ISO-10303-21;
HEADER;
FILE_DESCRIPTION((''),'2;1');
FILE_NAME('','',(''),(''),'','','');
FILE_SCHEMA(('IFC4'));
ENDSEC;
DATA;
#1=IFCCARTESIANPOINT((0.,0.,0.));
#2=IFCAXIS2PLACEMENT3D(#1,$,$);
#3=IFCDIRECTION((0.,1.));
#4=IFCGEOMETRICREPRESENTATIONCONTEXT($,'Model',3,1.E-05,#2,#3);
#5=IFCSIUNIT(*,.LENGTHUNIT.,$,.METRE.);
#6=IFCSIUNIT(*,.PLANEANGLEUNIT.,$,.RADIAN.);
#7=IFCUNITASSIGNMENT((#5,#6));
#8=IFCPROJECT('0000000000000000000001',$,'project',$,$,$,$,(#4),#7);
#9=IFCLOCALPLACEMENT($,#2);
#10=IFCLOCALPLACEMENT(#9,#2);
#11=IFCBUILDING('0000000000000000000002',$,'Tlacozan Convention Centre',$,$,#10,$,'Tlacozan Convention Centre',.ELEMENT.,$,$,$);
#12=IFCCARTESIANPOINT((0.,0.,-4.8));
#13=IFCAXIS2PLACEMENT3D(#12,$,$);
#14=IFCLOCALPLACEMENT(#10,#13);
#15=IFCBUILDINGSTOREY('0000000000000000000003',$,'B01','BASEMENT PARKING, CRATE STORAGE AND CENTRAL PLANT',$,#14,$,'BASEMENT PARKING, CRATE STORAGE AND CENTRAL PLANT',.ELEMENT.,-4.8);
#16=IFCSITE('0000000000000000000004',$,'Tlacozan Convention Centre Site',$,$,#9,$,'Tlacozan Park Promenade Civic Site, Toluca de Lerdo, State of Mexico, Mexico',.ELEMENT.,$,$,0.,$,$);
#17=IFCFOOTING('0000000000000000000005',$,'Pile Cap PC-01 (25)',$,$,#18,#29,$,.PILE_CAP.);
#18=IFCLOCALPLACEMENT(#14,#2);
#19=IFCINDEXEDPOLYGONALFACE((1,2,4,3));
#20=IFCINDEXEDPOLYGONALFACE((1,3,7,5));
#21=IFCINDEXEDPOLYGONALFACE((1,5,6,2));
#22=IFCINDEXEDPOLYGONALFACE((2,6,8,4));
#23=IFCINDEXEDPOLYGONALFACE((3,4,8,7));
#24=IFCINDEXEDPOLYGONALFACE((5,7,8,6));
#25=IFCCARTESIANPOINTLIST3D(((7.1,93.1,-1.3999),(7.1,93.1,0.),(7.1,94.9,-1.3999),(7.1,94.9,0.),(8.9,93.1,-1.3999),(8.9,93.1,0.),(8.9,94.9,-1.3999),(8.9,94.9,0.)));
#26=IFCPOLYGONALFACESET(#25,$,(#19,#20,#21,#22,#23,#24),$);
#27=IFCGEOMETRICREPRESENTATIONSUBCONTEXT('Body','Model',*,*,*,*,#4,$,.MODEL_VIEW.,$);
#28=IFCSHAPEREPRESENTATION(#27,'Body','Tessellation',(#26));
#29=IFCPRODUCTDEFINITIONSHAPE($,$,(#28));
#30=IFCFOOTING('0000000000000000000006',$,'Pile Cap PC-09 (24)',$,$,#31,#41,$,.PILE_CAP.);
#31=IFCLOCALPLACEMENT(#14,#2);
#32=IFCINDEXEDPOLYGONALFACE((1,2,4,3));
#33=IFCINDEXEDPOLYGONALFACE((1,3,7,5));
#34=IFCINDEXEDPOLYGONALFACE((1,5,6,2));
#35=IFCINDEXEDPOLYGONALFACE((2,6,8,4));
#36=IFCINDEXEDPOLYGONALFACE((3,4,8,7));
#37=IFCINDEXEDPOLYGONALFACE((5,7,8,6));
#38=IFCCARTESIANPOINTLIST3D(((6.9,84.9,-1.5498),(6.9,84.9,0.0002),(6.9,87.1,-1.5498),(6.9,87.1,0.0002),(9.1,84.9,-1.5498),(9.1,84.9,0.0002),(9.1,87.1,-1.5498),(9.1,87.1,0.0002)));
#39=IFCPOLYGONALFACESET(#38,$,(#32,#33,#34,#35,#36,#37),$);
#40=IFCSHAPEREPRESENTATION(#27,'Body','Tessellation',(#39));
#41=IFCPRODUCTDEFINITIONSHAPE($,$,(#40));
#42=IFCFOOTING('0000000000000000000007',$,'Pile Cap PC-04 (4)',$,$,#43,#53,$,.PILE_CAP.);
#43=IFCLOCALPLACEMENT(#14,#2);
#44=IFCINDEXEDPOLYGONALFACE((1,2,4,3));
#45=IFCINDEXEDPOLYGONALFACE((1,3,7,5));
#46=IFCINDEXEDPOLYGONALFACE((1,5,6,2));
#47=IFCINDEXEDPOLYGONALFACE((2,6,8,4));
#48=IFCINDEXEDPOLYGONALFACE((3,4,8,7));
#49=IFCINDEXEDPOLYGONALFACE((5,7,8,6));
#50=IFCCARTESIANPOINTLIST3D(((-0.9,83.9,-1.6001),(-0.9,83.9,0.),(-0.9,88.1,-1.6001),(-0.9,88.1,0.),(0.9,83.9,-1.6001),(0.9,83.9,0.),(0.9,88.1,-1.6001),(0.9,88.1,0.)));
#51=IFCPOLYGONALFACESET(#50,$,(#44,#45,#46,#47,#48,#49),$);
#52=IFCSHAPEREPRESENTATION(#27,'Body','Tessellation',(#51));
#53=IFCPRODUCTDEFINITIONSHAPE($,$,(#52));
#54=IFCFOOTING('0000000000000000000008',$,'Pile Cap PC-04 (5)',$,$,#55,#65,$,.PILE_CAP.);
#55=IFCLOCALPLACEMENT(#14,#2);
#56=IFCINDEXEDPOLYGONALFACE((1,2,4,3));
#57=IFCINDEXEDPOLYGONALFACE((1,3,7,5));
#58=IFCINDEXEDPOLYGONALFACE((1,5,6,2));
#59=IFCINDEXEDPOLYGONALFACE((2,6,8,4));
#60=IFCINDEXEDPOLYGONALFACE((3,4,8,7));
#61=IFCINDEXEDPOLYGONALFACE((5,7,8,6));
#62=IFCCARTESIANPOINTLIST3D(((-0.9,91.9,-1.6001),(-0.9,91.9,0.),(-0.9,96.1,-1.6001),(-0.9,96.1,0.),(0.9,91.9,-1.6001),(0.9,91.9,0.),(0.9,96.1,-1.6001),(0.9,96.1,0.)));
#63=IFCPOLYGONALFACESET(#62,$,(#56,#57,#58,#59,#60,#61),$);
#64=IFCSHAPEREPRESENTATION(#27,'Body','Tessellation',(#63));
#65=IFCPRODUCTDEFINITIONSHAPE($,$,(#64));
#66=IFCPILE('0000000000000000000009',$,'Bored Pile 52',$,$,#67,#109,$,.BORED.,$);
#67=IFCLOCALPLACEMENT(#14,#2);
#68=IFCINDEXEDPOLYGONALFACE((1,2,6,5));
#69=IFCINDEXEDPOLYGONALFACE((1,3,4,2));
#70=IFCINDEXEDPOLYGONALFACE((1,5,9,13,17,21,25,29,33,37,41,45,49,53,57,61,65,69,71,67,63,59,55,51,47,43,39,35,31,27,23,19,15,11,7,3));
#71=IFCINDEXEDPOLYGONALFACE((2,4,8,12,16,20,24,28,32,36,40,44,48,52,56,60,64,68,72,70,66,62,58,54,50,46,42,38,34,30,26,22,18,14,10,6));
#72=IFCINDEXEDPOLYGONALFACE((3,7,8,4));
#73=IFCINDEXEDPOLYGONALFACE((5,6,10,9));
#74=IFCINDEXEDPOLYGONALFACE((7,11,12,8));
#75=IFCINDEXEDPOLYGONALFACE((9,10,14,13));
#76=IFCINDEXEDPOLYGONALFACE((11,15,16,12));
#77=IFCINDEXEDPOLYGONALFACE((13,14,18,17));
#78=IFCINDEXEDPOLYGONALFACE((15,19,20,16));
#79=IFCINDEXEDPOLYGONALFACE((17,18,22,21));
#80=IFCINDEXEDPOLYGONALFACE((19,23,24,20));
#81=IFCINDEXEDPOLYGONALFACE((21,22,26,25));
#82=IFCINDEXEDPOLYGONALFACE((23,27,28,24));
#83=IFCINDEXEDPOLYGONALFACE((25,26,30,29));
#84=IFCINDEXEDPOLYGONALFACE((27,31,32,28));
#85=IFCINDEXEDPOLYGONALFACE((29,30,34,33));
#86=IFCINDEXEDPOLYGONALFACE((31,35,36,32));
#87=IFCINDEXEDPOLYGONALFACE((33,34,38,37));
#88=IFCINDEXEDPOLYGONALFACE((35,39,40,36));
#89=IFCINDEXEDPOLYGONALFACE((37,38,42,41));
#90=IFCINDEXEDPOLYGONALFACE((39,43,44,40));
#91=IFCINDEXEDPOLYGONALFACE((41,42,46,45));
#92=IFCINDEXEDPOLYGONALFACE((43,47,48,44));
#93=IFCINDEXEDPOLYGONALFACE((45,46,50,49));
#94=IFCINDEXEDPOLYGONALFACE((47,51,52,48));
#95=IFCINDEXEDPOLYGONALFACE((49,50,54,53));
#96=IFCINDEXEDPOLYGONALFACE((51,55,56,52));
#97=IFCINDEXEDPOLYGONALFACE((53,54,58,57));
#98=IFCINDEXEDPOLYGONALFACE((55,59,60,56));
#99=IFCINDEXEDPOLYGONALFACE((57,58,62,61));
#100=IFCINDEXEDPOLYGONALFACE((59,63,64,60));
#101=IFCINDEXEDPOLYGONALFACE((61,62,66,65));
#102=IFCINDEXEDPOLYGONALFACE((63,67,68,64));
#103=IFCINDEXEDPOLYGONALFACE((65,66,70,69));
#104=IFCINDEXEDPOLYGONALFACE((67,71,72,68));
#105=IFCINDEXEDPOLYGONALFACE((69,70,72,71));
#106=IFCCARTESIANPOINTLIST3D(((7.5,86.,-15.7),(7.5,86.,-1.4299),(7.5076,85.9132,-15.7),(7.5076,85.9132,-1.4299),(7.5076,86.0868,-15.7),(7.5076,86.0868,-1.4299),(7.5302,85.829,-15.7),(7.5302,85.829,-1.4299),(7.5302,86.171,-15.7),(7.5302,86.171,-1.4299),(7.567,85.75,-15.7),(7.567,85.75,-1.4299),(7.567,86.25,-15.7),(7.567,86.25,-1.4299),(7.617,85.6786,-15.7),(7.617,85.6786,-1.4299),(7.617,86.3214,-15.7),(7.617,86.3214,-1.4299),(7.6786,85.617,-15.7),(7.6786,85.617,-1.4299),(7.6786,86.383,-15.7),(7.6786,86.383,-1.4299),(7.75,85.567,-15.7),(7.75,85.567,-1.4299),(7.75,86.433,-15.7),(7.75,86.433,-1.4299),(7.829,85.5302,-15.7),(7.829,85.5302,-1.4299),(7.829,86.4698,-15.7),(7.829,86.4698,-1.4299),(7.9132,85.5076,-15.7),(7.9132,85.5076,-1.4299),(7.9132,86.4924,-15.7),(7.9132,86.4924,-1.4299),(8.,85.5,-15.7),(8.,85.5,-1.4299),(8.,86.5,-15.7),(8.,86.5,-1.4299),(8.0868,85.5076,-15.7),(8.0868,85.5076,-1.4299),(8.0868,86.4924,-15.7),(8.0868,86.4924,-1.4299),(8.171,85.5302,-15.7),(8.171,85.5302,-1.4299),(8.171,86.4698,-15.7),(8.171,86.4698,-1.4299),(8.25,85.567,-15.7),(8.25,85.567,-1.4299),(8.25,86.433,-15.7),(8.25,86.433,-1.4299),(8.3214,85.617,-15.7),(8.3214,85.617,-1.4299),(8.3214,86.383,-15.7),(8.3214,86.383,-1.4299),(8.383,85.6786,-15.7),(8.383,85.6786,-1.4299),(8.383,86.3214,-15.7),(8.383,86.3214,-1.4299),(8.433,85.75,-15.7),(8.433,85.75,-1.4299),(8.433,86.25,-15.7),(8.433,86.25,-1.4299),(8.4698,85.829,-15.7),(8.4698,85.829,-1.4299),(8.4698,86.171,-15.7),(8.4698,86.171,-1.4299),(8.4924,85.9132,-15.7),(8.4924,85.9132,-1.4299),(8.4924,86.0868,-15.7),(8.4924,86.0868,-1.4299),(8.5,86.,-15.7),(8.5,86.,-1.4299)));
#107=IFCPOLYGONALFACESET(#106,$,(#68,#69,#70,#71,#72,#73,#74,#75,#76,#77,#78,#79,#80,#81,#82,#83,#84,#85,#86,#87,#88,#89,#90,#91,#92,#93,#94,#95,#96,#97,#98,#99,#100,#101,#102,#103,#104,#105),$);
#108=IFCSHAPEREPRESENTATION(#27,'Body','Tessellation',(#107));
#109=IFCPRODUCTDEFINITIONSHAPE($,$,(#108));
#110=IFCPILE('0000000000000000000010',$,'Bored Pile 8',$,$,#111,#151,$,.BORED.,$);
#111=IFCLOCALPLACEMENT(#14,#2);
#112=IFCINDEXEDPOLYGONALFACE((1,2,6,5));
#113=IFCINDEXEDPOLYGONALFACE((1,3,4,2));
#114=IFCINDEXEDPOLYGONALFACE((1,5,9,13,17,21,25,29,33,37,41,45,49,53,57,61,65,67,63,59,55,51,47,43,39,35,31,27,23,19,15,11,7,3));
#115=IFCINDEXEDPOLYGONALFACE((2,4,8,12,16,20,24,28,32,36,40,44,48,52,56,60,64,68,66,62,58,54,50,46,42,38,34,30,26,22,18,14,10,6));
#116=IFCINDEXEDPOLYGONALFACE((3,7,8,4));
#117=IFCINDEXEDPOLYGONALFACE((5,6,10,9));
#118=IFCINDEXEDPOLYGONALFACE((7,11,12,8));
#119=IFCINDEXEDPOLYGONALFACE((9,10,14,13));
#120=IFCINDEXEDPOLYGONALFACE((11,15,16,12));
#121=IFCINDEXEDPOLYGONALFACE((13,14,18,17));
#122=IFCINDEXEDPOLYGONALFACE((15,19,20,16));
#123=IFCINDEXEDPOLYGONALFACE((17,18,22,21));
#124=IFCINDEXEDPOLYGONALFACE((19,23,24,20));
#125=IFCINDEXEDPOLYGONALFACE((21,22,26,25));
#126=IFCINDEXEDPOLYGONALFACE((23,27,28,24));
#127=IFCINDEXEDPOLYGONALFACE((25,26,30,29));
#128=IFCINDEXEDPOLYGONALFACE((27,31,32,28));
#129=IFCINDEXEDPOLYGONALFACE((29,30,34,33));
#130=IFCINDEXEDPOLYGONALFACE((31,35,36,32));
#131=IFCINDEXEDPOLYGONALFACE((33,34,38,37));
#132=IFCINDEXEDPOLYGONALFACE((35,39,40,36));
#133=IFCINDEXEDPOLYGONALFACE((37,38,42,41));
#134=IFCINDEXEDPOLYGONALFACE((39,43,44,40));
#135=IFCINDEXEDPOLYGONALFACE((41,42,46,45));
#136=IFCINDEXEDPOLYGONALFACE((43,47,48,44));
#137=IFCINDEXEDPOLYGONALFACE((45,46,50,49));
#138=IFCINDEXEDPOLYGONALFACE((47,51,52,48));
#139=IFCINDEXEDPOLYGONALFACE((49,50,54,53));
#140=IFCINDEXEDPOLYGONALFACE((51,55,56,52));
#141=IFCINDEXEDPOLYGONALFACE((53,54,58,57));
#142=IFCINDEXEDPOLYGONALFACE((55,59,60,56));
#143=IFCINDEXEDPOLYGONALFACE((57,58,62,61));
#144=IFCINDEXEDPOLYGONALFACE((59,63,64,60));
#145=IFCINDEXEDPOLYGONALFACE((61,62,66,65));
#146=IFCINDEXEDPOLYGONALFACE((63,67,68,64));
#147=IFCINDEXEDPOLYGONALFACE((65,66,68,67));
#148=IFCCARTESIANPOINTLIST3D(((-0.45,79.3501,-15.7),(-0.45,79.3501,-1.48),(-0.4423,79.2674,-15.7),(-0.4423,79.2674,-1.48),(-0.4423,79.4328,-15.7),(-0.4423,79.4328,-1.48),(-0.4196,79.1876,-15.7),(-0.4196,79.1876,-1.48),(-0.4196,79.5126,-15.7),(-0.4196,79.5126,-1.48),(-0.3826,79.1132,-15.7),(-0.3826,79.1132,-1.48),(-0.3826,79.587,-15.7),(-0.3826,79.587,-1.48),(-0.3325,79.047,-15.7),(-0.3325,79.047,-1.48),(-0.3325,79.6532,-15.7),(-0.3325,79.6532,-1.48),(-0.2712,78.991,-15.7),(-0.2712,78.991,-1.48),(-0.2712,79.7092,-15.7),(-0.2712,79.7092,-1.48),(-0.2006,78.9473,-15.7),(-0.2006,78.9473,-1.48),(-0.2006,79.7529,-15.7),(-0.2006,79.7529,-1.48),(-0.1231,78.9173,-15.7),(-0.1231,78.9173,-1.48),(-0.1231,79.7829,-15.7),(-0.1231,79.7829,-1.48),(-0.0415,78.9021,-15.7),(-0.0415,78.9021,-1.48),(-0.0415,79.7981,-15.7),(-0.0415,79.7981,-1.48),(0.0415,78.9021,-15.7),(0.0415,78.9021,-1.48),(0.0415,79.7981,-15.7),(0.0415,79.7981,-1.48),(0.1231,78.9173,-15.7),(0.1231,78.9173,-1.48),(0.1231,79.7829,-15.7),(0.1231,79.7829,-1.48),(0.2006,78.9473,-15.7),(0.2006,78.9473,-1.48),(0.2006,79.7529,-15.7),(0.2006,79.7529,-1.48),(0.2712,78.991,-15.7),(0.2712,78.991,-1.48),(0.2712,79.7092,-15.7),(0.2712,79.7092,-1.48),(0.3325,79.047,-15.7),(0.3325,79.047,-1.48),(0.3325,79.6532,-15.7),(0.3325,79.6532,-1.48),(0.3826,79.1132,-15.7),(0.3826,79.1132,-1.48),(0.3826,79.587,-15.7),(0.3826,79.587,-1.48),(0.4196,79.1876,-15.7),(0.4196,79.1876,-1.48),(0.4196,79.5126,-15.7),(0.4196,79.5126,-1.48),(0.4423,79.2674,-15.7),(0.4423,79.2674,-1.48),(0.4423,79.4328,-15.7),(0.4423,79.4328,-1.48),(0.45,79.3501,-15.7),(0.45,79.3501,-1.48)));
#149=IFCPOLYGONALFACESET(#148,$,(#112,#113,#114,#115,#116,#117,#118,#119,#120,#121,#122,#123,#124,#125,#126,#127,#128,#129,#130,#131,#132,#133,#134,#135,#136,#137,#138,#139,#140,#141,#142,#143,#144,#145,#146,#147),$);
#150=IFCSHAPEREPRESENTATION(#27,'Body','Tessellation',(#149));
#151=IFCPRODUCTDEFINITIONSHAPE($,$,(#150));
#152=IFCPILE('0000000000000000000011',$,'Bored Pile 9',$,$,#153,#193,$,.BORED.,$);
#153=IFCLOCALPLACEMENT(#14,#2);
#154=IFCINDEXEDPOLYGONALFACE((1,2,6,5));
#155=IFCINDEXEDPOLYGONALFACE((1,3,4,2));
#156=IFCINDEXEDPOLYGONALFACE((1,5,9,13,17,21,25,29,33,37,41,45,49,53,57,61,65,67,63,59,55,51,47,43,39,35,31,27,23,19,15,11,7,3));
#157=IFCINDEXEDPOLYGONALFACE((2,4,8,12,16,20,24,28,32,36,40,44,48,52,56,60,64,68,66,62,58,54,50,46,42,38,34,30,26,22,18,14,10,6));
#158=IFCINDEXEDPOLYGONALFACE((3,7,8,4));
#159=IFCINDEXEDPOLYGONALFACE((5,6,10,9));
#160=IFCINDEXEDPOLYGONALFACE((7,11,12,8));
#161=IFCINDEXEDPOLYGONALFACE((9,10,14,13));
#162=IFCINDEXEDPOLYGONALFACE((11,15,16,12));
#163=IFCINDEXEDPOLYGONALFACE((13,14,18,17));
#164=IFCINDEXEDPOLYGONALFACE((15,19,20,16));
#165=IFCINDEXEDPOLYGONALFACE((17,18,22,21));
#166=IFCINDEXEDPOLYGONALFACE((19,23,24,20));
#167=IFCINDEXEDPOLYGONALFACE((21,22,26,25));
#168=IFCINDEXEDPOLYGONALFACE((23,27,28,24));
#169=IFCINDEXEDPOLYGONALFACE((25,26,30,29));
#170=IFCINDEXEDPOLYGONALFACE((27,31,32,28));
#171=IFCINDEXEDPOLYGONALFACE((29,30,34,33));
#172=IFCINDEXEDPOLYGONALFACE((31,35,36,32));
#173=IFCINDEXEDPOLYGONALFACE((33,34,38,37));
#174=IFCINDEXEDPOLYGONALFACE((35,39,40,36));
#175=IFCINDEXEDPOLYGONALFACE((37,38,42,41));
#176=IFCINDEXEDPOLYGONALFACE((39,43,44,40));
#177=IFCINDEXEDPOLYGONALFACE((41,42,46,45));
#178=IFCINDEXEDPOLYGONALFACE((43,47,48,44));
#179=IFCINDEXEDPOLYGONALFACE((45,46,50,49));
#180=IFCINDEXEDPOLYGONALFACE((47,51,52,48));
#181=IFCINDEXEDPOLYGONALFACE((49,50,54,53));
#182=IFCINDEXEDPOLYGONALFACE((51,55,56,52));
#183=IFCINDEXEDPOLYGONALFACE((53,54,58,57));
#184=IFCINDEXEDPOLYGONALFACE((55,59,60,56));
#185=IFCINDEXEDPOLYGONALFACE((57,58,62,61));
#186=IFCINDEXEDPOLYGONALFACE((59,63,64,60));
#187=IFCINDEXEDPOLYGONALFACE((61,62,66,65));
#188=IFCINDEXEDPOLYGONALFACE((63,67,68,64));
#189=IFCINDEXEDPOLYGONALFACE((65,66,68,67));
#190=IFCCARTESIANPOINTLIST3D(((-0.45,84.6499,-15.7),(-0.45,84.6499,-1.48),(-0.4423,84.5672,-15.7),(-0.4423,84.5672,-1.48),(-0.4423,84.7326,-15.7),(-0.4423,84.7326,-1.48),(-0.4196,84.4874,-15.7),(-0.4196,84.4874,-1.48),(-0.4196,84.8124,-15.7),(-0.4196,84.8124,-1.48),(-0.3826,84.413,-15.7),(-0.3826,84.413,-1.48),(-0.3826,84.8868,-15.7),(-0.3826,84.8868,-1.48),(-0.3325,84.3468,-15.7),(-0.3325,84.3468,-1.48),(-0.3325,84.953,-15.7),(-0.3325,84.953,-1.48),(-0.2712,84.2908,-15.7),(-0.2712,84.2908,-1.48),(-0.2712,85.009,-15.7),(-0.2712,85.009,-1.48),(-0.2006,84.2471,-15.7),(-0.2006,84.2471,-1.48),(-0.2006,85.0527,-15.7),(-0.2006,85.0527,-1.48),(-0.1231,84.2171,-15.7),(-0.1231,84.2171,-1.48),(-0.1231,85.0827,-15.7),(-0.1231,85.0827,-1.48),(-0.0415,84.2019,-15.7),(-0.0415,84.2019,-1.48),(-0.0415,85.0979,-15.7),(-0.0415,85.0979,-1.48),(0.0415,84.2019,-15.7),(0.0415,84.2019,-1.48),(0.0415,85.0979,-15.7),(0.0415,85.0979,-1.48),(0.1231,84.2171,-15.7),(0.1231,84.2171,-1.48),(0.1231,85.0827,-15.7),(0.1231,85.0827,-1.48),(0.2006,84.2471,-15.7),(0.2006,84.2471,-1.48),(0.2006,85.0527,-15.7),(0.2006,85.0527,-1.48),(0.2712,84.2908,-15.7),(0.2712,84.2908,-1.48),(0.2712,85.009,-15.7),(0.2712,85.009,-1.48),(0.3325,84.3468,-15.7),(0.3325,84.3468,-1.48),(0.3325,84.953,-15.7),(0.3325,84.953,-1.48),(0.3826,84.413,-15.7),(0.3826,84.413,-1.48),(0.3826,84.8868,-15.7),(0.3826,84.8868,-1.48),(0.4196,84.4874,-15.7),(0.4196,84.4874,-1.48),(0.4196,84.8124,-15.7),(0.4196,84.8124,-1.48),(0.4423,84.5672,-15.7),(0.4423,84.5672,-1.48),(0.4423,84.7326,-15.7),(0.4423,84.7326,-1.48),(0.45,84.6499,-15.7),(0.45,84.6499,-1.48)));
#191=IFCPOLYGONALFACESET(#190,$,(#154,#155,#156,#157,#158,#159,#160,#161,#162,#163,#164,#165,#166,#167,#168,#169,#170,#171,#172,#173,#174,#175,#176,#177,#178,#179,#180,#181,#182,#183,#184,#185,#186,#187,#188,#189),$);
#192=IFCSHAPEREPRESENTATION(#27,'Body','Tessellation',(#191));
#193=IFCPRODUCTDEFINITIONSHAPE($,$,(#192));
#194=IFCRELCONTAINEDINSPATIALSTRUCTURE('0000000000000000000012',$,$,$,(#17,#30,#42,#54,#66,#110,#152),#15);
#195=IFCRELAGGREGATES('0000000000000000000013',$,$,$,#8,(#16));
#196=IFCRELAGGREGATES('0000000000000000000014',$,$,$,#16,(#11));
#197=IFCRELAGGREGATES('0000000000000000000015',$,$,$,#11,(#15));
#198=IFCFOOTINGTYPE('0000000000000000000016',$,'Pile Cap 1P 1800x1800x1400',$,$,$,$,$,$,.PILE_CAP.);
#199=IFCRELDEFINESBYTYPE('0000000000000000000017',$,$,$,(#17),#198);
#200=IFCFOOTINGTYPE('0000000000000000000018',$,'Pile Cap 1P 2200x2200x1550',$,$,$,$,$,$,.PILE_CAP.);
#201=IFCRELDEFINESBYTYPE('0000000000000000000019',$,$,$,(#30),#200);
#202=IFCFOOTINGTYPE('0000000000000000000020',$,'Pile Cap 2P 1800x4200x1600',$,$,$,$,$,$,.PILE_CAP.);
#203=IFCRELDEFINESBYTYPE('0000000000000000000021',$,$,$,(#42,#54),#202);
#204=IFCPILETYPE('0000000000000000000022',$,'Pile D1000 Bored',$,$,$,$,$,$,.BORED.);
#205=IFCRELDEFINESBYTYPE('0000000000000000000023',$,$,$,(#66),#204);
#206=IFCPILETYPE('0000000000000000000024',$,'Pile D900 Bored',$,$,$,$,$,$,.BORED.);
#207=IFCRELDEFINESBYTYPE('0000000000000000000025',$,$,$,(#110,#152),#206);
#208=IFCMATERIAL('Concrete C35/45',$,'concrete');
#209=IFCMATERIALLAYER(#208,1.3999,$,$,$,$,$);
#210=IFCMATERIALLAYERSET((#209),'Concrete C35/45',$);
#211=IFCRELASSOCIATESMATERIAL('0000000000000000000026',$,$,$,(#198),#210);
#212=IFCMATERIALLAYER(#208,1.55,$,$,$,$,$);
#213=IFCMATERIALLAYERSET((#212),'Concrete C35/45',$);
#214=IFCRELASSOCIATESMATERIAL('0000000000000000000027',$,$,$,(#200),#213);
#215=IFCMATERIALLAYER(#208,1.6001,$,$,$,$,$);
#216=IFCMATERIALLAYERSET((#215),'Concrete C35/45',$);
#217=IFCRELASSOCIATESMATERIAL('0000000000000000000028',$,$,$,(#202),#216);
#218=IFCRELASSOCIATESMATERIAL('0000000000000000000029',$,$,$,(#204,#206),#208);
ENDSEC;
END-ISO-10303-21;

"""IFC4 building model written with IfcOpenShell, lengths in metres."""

from ifc_helpers import new_model, si_unit, direction, frame, origin, origin_2d, place, context, subcontext, project, spatial, rectangle, circle, extrude, material, layer, layer_set, material_profile, profile_set, type_object, element, save


model = new_model("IFC4")

# Units and contexts
model_context = context("Model", 3, precision=1e-05, world=origin(), true_north=direction((0.0, 1.0)))
body_context = subcontext(model_context, "Body", "Model", "MODEL_VIEW")
ifc_project = project(units=[si_unit("LENGTHUNIT", "METRE"), si_unit("PLANEANGLEUNIT", "RADIAN")], contexts=[model_context])

# Site, building, storey
site_placement = place(None, origin())
site = spatial("IfcSite", under=ifc_project, at=site_placement, Name="Tlacozan Convention Centre Site", LongName="Tlacozan Park Promenade Civic Site, Toluca de Lerdo, State of Mexico, Mexico", CompositionType="ELEMENT", RefElevation=0.0)
building_placement = place(site_placement, origin())
building = spatial("IfcBuilding", under=site, at=building_placement, Name="Tlacozan Convention Centre", LongName="Tlacozan Convention Centre", CompositionType="ELEMENT")
storey_placement = place(building_placement, frame((0.0, 0.0, -4.8)))
storey = spatial("IfcBuildingStorey", under=building, at=storey_placement, Name="B01", Description="BASEMENT PARKING, CRATE STORAGE AND CENTRAL PLANT", LongName="BASEMENT PARKING, CRATE STORAGE AND CENTRAL PLANT", CompositionType="ELEMENT", Elevation=-4.8)

# Footings
ifc_material_1 = material(Name="Concrete C35/45", Category="concrete")
ifc_layer_1 = layer(ifc_material_1, 1.3999)
ifc_layer_set_1 = layer_set([ifc_layer_1], Name="Concrete C35/45")
footing_type_1 = type_object("IfcFootingType", Name="Pile Cap 1P 1800x1800x1400", PredefinedType="PILE_CAP", material=ifc_layer_set_1)
footing_1_placement = place(storey_placement, frame((8.0, 94.0, -1.3999), z_axis=(0.0, 0.0, 1.0), x_axis=(1.0, 0.0, 0.0)))
element("IfcFooting", 1, at=footing_1_placement, inside=storey, type_object=footing_type_1, Name="Pile Cap PC-01 (25)", PredefinedType="PILE_CAP", context=body_context, shape_type="SweptSolid", body=[
    extrude(rectangle(XDim=1.8, YDim=1.8, at=origin_2d()), origin(), (0.0, 0.0, 1.0), 1.3999),
])
ifc_layer_2 = layer(ifc_material_1, 1.55)
ifc_layer_set_2 = layer_set([ifc_layer_2], Name="Concrete C35/45")
footing_type_2 = type_object("IfcFootingType", Name="Pile Cap 1P 2200x2200x1550", PredefinedType="PILE_CAP", material=ifc_layer_set_2)
footing_2_placement = place(storey_placement, frame((8.0, 86.0, -1.5498), z_axis=(0.0, 0.0, 1.0), x_axis=(1.0, 0.0, 0.0)))
element("IfcFooting", 2, at=footing_2_placement, inside=storey, type_object=footing_type_2, Name="Pile Cap PC-09 (24)", PredefinedType="PILE_CAP", context=body_context, shape_type="SweptSolid", body=[
    extrude(rectangle(XDim=2.2, YDim=2.2, at=origin_2d()), origin(), (0.0, 0.0, 1.0), 1.55),
])
ifc_layer_3 = layer(ifc_material_1, 1.6001)
ifc_layer_set_3 = layer_set([ifc_layer_3], Name="Concrete C35/45")
footing_type_3 = type_object("IfcFootingType", Name="Pile Cap 2P 1800x4200x1600", PredefinedType="PILE_CAP", material=ifc_layer_set_3)
for number, where, z_axis, x_axis, name in (
    (3, (0.0, 86.0, -1.6001), (0.0, 0.0, 1.0), (1.0, 0.0, 0.0), "Pile Cap PC-04 (4)"),
    (4, (0.0, 94.0, -1.6001), (0.0, 0.0, 1.0), (1.0, 0.0, 0.0), "Pile Cap PC-04 (5)"),
):
    element("IfcFooting", number, at=place(storey_placement, frame(where, z_axis=z_axis, x_axis=x_axis)), inside=storey, type_object=footing_type_3, Name=name, PredefinedType="PILE_CAP", context=body_context, shape_type="SweptSolid", body=[
        extrude(rectangle(XDim=1.8, YDim=4.2, at=origin_2d()), origin(), (0.0, 0.0, 1.0), 1.6001),
    ])

# Piles
ifc_material_profile_1 = material_profile(ifc_material_1, circle(Radius=0.5, at=origin_2d()), Name="PILE D1000")
ifc_profile_set_1 = profile_set([ifc_material_profile_1], Name="Concrete C35/45")
pile_type_1 = type_object("IfcPileType", Name="Pile D1000 Bored", PredefinedType="BORED", material=ifc_profile_set_1)
pile_1_placement = place(storey_placement, frame((8.0, 86.0, -1.4299), z_axis=(0.0, 0.0, -1.0), x_axis=(1.0, 0.0, 0.0)))
element("IfcPile", 5, at=pile_1_placement, inside=storey, type_object=pile_type_1, Name="Bored Pile 52", PredefinedType="BORED", context=body_context, shape_type="SweptSolid", body=[
    extrude(circle(Radius=0.5, at=origin_2d()), origin(), (0.0, 0.0, 1.0), 14.27),
])
ifc_material_profile_2 = material_profile(ifc_material_1, circle(Radius=0.45, at=origin_2d()), Name="PILE D900")
ifc_profile_set_2 = profile_set([ifc_material_profile_2], Name="Concrete C35/45")
pile_type_2 = type_object("IfcPileType", Name="Pile D900 Bored", PredefinedType="BORED", material=ifc_profile_set_2)
for number, where, z_axis, x_axis, name in (
    (6, (0.0, 79.3501, -1.48), (0.0, 0.0, -1.0), (1.0, 0.0, 0.0), "Bored Pile 8"),
    (7, (0.0, 84.6499, -1.48), (0.0, 0.0, -1.0), (1.0, 0.0, 0.0), "Bored Pile 9"),
):
    element("IfcPile", number, at=place(storey_placement, frame(where, z_axis=z_axis, x_axis=x_axis)), inside=storey, type_object=pile_type_2, Name=name, PredefinedType="BORED", context=body_context, shape_type="SweptSolid", body=[
        extrude(circle(Radius=0.45, at=origin_2d()), origin(), (0.0, 0.0, 1.0), 14.22),
    ])

save(model, "model.ifc")
